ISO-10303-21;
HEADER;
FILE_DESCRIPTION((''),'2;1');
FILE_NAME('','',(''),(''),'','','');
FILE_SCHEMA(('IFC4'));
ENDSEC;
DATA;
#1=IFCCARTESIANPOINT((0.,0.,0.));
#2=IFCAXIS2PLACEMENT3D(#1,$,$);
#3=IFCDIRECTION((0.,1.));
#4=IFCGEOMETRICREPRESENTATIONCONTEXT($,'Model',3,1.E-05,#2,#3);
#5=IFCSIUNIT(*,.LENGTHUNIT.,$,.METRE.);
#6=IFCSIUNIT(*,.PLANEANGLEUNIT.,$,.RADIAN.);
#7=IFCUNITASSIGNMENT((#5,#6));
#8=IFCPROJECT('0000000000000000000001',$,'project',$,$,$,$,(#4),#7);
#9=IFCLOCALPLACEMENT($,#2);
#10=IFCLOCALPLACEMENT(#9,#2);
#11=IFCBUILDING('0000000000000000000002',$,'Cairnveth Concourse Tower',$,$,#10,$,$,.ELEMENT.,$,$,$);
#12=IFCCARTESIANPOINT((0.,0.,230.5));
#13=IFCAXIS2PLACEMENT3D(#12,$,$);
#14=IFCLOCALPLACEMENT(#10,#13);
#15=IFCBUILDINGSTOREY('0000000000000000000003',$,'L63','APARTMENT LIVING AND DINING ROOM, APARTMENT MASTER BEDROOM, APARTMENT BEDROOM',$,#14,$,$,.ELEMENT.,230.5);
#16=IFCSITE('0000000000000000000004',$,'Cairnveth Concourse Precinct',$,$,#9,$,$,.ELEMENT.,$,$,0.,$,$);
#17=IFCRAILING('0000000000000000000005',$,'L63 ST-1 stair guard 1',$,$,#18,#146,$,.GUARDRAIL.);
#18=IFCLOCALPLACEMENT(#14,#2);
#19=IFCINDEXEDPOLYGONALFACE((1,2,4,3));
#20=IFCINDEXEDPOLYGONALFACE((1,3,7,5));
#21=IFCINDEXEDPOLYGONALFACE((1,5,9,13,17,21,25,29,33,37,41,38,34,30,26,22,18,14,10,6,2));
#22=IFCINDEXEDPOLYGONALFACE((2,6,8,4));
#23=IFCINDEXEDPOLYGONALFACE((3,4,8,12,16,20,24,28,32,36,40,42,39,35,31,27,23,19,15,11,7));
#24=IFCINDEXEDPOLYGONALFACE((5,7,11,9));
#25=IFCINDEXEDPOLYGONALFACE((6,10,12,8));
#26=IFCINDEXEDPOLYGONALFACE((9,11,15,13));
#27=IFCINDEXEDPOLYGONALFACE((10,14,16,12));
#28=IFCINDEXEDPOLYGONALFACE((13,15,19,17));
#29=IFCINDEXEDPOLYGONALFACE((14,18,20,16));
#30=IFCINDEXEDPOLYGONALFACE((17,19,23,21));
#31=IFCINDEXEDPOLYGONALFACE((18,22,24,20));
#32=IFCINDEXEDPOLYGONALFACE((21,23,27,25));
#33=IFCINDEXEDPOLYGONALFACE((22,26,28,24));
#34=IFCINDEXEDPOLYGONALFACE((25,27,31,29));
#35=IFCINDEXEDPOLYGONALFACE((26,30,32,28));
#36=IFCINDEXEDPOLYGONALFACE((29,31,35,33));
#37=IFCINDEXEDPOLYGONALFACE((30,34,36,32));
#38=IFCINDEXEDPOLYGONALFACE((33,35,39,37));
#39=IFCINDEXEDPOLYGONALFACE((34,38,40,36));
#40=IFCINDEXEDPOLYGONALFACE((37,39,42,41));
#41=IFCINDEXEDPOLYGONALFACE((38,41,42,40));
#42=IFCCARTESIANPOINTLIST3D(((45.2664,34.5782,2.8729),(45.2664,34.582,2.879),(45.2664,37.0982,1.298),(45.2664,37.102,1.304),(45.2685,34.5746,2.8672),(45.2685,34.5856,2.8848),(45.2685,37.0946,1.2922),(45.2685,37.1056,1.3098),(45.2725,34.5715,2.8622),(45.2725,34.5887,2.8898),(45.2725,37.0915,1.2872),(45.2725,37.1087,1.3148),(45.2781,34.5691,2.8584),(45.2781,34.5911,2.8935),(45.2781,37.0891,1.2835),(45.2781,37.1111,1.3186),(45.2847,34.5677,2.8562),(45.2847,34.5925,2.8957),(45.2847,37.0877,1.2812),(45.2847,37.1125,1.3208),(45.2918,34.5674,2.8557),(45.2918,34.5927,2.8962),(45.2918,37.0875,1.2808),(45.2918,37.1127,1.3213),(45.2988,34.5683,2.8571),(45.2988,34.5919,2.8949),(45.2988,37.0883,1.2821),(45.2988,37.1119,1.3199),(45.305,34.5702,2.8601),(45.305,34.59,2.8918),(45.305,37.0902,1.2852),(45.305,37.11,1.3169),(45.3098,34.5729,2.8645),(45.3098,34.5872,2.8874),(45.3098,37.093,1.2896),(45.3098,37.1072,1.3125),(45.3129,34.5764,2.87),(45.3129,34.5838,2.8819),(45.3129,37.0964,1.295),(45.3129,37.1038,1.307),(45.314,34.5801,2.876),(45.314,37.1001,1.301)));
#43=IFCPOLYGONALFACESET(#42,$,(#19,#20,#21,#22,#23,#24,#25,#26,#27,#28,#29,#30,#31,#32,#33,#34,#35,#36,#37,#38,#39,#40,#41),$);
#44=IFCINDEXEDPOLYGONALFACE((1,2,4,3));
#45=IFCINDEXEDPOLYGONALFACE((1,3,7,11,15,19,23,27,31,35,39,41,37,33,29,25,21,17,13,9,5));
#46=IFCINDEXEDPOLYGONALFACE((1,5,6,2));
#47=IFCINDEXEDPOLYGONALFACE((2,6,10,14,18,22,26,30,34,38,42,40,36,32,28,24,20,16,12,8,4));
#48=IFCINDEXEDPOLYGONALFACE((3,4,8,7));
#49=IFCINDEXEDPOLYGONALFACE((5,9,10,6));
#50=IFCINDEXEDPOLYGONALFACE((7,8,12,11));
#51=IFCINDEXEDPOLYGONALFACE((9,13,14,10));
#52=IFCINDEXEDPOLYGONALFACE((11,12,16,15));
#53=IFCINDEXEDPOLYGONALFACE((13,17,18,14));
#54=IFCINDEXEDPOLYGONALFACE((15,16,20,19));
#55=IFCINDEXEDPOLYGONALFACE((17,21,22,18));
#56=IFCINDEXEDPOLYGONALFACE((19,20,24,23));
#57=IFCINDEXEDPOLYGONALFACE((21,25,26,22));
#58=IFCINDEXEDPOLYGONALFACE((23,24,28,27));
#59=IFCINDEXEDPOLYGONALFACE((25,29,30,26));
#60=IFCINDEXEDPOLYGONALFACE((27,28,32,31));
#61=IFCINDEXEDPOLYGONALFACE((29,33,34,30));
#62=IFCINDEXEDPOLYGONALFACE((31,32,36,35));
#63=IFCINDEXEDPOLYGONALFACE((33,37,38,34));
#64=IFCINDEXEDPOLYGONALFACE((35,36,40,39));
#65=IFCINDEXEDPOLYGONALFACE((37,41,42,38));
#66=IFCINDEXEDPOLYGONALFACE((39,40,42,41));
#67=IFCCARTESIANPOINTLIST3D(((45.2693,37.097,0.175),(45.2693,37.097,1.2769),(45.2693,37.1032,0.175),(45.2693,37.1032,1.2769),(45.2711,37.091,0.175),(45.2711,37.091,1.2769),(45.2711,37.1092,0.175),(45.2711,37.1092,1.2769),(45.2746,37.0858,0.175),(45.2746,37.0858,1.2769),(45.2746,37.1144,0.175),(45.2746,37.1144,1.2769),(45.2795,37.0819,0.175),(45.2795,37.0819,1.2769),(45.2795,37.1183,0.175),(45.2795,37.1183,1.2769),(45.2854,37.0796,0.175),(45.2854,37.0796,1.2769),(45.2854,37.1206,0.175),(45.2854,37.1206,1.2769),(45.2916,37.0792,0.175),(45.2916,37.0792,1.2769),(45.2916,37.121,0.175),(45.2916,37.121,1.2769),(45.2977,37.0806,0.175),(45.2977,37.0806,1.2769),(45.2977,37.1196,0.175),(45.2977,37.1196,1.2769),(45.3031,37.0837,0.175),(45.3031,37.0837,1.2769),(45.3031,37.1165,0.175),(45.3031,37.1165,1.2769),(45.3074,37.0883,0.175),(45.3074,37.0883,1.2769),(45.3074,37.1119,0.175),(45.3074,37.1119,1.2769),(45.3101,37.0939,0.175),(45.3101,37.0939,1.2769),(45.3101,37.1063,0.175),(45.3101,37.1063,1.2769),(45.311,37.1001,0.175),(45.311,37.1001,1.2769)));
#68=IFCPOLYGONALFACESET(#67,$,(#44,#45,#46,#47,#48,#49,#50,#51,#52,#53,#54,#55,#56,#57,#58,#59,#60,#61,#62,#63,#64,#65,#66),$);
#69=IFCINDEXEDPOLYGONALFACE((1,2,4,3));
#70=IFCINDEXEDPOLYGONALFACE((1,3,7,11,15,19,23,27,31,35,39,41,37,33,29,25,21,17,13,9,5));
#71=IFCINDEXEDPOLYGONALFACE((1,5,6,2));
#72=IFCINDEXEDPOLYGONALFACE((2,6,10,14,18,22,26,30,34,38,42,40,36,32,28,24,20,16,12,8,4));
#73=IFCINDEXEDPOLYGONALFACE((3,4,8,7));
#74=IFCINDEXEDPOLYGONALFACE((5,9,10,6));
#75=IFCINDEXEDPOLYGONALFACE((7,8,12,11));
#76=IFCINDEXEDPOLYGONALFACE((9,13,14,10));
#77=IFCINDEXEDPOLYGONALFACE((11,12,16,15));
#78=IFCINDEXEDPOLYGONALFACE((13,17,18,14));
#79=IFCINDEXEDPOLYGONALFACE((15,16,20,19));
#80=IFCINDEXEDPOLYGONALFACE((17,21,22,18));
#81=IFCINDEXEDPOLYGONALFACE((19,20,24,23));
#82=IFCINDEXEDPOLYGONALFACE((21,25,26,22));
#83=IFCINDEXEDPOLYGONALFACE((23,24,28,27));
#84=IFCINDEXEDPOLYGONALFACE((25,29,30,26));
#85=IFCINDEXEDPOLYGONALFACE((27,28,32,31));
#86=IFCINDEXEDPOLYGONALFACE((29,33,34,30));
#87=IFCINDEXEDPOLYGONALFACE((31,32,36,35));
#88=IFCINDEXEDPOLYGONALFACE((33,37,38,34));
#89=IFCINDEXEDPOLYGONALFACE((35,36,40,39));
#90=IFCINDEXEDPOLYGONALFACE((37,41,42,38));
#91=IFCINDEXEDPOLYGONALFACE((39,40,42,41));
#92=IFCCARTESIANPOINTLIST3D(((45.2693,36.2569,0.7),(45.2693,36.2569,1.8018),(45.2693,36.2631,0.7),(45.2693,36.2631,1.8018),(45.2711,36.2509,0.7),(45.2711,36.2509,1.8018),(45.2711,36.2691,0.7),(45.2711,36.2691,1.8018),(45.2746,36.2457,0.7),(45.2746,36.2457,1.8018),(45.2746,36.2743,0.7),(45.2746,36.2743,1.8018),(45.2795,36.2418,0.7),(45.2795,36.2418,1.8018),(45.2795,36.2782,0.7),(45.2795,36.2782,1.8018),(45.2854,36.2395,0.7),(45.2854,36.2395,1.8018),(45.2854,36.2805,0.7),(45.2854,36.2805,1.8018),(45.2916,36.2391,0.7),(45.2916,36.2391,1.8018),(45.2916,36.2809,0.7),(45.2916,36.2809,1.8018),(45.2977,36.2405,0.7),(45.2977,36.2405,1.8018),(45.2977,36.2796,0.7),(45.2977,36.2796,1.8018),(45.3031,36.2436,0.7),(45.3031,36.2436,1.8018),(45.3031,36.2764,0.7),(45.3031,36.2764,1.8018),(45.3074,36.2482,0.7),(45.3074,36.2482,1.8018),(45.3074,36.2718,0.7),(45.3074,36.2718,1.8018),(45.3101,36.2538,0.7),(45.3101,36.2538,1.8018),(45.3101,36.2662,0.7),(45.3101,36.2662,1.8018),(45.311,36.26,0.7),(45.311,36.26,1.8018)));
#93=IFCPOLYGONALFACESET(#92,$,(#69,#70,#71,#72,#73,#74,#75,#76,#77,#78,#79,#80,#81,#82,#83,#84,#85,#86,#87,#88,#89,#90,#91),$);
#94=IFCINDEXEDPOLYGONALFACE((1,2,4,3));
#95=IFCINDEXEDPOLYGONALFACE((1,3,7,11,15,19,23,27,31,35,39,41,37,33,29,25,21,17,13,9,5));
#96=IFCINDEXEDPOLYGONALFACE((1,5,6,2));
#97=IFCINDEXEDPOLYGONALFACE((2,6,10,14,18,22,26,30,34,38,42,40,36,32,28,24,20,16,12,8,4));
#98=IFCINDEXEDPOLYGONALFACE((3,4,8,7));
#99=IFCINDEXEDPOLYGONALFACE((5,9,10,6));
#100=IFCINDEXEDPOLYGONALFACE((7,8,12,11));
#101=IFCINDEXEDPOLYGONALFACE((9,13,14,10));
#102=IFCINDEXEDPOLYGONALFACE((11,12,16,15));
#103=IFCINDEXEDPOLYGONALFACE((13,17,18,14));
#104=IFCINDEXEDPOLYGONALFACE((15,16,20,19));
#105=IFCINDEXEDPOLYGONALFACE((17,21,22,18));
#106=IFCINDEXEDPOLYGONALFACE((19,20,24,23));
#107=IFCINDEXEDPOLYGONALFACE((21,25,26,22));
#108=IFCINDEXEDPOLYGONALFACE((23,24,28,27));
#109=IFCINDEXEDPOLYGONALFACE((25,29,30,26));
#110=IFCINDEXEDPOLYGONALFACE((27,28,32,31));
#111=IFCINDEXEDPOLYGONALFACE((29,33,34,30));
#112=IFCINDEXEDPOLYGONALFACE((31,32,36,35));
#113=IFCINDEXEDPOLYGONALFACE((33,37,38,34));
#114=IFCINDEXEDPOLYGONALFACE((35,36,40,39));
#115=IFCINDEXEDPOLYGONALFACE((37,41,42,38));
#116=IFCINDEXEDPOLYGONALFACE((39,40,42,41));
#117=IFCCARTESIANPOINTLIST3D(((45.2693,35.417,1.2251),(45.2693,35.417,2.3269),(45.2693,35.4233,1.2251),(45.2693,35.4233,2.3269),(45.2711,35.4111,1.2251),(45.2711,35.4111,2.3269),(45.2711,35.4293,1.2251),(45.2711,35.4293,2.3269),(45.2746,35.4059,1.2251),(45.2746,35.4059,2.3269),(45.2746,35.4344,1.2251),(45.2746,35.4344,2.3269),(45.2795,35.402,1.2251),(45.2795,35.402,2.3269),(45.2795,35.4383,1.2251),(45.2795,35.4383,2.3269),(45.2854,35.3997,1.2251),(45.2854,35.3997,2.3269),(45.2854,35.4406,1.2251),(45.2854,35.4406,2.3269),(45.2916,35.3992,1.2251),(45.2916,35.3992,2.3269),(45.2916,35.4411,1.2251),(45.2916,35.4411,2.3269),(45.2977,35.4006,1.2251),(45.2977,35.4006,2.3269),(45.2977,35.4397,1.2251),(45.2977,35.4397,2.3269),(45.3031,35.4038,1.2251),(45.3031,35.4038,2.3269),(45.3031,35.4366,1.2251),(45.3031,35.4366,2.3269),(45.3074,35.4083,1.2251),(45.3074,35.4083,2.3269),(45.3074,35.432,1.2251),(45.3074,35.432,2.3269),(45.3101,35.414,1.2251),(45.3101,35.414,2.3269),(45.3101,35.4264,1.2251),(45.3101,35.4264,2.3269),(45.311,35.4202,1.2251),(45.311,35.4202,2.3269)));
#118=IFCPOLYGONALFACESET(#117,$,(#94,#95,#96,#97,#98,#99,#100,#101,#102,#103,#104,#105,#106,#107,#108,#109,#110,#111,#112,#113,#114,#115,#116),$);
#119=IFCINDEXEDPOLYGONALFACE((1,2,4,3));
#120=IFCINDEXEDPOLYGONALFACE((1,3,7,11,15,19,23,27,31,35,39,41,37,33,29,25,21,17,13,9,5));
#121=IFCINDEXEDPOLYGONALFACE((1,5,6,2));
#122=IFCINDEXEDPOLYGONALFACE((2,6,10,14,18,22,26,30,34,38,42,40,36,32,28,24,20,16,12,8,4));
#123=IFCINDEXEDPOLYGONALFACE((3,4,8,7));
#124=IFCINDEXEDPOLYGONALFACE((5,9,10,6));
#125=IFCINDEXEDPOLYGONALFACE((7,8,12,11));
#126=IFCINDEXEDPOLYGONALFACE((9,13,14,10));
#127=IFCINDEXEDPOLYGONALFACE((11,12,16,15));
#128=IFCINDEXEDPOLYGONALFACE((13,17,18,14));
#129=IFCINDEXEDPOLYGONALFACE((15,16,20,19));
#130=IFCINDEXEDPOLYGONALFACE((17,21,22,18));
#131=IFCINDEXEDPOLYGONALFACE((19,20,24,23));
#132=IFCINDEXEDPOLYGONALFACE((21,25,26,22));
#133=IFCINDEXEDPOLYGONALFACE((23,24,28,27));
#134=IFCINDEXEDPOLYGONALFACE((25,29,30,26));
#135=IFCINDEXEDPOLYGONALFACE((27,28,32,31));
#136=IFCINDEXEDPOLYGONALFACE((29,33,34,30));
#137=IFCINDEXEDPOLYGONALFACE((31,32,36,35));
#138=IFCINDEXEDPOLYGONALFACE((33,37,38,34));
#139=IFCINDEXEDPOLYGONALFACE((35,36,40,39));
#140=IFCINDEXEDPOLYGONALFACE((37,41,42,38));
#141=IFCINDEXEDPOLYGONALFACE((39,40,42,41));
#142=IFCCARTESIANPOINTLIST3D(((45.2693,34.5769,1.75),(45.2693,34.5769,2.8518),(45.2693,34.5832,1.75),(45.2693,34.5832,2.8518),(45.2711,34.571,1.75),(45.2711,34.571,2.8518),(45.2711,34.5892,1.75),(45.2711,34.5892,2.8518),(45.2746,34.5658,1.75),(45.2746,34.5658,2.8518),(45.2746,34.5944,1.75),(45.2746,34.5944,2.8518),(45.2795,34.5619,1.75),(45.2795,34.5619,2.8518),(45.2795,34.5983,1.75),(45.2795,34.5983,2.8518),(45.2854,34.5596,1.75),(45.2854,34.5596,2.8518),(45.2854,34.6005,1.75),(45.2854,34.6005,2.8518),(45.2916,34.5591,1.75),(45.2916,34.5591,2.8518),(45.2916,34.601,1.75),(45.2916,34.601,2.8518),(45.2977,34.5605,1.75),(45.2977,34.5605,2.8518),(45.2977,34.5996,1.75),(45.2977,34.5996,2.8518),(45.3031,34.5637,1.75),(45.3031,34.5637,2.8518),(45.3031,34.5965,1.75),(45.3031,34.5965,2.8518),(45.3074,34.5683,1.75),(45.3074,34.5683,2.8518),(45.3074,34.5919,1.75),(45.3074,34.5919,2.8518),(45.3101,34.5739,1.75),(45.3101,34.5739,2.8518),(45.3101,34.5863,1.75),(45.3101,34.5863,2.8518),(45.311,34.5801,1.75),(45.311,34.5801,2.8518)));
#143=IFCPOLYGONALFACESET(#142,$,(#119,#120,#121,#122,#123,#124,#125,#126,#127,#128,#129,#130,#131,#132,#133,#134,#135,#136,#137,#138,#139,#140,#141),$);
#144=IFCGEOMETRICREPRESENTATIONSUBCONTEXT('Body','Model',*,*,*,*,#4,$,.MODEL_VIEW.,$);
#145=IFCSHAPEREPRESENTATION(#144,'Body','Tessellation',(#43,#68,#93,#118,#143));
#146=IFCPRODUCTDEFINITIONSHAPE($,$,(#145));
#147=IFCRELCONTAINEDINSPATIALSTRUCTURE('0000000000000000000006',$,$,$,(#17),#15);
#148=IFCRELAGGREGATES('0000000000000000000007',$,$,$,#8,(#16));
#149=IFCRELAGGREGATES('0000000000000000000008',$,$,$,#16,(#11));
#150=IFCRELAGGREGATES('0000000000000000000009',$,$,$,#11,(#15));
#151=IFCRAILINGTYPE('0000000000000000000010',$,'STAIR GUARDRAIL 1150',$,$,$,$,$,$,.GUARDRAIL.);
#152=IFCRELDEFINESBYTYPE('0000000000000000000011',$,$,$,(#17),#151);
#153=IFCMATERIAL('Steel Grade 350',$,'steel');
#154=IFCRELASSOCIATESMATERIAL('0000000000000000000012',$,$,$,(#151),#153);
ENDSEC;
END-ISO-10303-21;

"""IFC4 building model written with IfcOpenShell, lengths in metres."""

from ifc_helpers import new_model, si_unit, direction, frame, origin, origin_2d, place, context, subcontext, project, spatial, circle, extrude, material, type_object, element, save


model = new_model("IFC4")

# Units and contexts
model_context = context("Model", 3, precision=1e-05, world=origin(), true_north=direction((0.0, 1.0)))
body_context = subcontext(model_context, "Body", "Model", "MODEL_VIEW")
ifc_project = project(units=[si_unit("LENGTHUNIT", "METRE"), si_unit("PLANEANGLEUNIT", "RADIAN")], contexts=[model_context])

# Site, building, storey
site_placement = place(None, origin())
site = spatial("IfcSite", under=ifc_project, at=site_placement, Name="Cairnveth Concourse Precinct", CompositionType="ELEMENT", RefElevation=0.0)
building_placement = place(site_placement, origin())
building = spatial("IfcBuilding", under=site, at=building_placement, Name="Cairnveth Concourse Tower", CompositionType="ELEMENT")
storey_placement = place(building_placement, frame((0.0, 0.0, 230.5)))
storey = spatial("IfcBuildingStorey", under=building, at=storey_placement, Name="L63", Description="APARTMENT LIVING AND DINING ROOM, APARTMENT MASTER BEDROOM, APARTMENT BEDROOM", CompositionType="ELEMENT", Elevation=230.5)

# Shared definitions
ifc_material_1 = material(Name="Steel Grade 350", Category="steel")

# Railing
railing_type_1 = type_object("IfcRailingType", Name="STAIR GUARDRAIL 1150", PredefinedType="GUARDRAIL", material=ifc_material_1)
railing_1_placement = place(storey_placement, frame((45.29, 37.1001, 0.175)))
element("IfcRailing", 1, at=railing_1_placement, inside=storey, type_object=railing_type_1, Name="L63 ST-1 stair guard 1", PredefinedType="GUARDRAIL", context=body_context, shape_type="SweptSolid", body=[
    extrude(circle(Radius=0.0239, at=origin_2d()), frame((0.0, 0.0, 1.126), z_axis=(0.0, -0.848008, 0.529984), x_axis=(1.0, 0.0, 0.0)), (0.0, 0.0, 1.0), 2.9717),
    extrude(circle(Radius=0.021, at=origin_2d()), origin(), (0.0, 0.0, 1.0), 1.1018),
    extrude(circle(Radius=0.021, at=origin_2d()), frame((0.0, -0.8401, 0.5249)), (0.0, 0.0, 1.0), 1.1018),
    extrude(circle(Radius=0.021, at=origin_2d()), frame((0.0, -1.6799, 1.05)), (0.0, 0.0, 1.0), 1.1018),
    extrude(circle(Radius=0.021, at=origin_2d()), frame((0.0, -2.52, 1.575)), (0.0, 0.0, 1.0), 1.1018),
])

save(model, "model.ifc")
